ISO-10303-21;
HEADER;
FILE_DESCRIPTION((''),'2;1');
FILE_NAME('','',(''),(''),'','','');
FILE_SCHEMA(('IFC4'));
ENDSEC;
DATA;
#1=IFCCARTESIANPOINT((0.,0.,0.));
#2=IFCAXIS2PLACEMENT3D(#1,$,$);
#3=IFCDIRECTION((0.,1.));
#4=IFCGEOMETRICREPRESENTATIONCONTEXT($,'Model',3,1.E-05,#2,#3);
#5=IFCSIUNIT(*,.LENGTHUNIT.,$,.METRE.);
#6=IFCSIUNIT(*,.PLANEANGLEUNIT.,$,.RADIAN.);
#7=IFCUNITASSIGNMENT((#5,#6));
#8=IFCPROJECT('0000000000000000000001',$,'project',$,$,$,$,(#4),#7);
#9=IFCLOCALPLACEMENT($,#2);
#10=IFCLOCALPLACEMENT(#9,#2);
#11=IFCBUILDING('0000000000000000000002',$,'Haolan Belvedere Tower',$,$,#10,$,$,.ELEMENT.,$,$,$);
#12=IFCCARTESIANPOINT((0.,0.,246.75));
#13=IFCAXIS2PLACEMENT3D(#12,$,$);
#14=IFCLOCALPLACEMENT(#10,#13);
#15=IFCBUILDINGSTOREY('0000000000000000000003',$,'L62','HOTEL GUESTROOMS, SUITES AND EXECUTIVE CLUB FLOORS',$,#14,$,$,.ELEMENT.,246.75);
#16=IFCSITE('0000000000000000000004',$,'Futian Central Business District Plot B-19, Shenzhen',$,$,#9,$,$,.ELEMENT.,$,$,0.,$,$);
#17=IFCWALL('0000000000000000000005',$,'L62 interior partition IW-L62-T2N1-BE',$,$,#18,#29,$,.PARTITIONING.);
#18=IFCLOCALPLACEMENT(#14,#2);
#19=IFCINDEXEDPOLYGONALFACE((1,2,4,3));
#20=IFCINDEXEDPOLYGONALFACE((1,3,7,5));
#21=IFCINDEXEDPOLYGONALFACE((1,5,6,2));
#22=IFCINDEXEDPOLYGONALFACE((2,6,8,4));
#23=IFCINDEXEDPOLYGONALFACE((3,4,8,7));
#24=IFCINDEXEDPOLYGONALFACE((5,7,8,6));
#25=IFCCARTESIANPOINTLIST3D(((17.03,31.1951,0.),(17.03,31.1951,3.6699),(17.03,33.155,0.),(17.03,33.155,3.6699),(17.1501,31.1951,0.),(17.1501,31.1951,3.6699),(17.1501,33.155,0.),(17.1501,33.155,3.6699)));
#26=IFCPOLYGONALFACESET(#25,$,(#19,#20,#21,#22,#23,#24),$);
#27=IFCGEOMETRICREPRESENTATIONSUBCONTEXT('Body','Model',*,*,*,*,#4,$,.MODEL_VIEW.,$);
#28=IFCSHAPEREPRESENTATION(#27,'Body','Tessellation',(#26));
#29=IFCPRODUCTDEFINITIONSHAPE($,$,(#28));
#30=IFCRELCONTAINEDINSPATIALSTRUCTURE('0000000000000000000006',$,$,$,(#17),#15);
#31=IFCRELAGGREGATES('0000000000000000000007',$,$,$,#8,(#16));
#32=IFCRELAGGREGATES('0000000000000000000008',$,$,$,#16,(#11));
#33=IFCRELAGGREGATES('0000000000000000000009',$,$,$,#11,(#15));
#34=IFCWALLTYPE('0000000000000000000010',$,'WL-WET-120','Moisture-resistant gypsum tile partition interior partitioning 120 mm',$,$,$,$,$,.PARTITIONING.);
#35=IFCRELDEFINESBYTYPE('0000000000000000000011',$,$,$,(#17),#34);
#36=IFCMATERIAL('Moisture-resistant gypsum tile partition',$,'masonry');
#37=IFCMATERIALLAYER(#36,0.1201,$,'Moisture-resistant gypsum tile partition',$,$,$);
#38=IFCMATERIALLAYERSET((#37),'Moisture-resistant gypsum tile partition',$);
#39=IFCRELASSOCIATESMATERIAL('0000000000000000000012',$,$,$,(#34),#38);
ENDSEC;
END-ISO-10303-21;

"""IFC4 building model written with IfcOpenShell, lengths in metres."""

from ifc_helpers import new_model, si_unit, direction, frame, frame_2d, origin, place, context, subcontext, project, spatial, rectangle, extrude, material, layer, layer_set, type_object, element, save


model = new_model("IFC4")

# Units and contexts
model_context = context("Model", 3, precision=1e-05, world=origin(), true_north=direction((0.0, 1.0)))
body_context = subcontext(model_context, "Body", "Model", "MODEL_VIEW")
ifc_project = project(units=[si_unit("LENGTHUNIT", "METRE"), si_unit("PLANEANGLEUNIT", "RADIAN")], contexts=[model_context])

# Site, building, storey
site_placement = place(None, origin())
site = spatial("IfcSite", under=ifc_project, at=site_placement, Name="Futian Central Business District Plot B-19, Shenzhen", CompositionType="ELEMENT", RefElevation=0.0)
building_placement = place(site_placement, origin())
building = spatial("IfcBuilding", under=site, at=building_placement, Name="Haolan Belvedere Tower", CompositionType="ELEMENT")
storey_placement = place(building_placement, frame((0.0, 0.0, 246.75)))
storey = spatial("IfcBuildingStorey", under=building, at=storey_placement, Name="L62", Description="HOTEL GUESTROOMS, SUITES AND EXECUTIVE CLUB FLOORS", CompositionType="ELEMENT", Elevation=246.75)

# Wall
ifc_material_1 = material(Name="Moisture-resistant gypsum tile partition", Category="masonry")
ifc_layer_1 = layer(ifc_material_1, 0.1201, Name="Moisture-resistant gypsum tile partition")
ifc_layer_set_1 = layer_set([ifc_layer_1], Name="Moisture-resistant gypsum tile partition")
wall_type_1 = type_object("IfcWallType", Name="WL-WET-120", Description="Moisture-resistant gypsum tile partition interior partitioning 120 mm", PredefinedType="PARTITIONING", material=ifc_layer_set_1)
for number, where, z_axis, x_axis, name in (
    (1, (17.0901, 31.1951, 0.0), (0.0, 0.0, 1.0), (0.0, 1.0, 0.0), "L62 interior partition IW-L62-T2N1-BE"),
):
    element("IfcWall", number, at=place(storey_placement, frame(where, z_axis=z_axis, x_axis=x_axis)), inside=storey, type_object=wall_type_1, Name=name, PredefinedType="PARTITIONING", context=body_context, shape_type="SweptSolid", body=[
        extrude(rectangle(XDim=1.96, YDim=0.1201, at=frame_2d((0.98, 0.0))), origin(), (0.0, 0.0, 1.0), 3.6699),
    ])

save(model, "model.ifc")
